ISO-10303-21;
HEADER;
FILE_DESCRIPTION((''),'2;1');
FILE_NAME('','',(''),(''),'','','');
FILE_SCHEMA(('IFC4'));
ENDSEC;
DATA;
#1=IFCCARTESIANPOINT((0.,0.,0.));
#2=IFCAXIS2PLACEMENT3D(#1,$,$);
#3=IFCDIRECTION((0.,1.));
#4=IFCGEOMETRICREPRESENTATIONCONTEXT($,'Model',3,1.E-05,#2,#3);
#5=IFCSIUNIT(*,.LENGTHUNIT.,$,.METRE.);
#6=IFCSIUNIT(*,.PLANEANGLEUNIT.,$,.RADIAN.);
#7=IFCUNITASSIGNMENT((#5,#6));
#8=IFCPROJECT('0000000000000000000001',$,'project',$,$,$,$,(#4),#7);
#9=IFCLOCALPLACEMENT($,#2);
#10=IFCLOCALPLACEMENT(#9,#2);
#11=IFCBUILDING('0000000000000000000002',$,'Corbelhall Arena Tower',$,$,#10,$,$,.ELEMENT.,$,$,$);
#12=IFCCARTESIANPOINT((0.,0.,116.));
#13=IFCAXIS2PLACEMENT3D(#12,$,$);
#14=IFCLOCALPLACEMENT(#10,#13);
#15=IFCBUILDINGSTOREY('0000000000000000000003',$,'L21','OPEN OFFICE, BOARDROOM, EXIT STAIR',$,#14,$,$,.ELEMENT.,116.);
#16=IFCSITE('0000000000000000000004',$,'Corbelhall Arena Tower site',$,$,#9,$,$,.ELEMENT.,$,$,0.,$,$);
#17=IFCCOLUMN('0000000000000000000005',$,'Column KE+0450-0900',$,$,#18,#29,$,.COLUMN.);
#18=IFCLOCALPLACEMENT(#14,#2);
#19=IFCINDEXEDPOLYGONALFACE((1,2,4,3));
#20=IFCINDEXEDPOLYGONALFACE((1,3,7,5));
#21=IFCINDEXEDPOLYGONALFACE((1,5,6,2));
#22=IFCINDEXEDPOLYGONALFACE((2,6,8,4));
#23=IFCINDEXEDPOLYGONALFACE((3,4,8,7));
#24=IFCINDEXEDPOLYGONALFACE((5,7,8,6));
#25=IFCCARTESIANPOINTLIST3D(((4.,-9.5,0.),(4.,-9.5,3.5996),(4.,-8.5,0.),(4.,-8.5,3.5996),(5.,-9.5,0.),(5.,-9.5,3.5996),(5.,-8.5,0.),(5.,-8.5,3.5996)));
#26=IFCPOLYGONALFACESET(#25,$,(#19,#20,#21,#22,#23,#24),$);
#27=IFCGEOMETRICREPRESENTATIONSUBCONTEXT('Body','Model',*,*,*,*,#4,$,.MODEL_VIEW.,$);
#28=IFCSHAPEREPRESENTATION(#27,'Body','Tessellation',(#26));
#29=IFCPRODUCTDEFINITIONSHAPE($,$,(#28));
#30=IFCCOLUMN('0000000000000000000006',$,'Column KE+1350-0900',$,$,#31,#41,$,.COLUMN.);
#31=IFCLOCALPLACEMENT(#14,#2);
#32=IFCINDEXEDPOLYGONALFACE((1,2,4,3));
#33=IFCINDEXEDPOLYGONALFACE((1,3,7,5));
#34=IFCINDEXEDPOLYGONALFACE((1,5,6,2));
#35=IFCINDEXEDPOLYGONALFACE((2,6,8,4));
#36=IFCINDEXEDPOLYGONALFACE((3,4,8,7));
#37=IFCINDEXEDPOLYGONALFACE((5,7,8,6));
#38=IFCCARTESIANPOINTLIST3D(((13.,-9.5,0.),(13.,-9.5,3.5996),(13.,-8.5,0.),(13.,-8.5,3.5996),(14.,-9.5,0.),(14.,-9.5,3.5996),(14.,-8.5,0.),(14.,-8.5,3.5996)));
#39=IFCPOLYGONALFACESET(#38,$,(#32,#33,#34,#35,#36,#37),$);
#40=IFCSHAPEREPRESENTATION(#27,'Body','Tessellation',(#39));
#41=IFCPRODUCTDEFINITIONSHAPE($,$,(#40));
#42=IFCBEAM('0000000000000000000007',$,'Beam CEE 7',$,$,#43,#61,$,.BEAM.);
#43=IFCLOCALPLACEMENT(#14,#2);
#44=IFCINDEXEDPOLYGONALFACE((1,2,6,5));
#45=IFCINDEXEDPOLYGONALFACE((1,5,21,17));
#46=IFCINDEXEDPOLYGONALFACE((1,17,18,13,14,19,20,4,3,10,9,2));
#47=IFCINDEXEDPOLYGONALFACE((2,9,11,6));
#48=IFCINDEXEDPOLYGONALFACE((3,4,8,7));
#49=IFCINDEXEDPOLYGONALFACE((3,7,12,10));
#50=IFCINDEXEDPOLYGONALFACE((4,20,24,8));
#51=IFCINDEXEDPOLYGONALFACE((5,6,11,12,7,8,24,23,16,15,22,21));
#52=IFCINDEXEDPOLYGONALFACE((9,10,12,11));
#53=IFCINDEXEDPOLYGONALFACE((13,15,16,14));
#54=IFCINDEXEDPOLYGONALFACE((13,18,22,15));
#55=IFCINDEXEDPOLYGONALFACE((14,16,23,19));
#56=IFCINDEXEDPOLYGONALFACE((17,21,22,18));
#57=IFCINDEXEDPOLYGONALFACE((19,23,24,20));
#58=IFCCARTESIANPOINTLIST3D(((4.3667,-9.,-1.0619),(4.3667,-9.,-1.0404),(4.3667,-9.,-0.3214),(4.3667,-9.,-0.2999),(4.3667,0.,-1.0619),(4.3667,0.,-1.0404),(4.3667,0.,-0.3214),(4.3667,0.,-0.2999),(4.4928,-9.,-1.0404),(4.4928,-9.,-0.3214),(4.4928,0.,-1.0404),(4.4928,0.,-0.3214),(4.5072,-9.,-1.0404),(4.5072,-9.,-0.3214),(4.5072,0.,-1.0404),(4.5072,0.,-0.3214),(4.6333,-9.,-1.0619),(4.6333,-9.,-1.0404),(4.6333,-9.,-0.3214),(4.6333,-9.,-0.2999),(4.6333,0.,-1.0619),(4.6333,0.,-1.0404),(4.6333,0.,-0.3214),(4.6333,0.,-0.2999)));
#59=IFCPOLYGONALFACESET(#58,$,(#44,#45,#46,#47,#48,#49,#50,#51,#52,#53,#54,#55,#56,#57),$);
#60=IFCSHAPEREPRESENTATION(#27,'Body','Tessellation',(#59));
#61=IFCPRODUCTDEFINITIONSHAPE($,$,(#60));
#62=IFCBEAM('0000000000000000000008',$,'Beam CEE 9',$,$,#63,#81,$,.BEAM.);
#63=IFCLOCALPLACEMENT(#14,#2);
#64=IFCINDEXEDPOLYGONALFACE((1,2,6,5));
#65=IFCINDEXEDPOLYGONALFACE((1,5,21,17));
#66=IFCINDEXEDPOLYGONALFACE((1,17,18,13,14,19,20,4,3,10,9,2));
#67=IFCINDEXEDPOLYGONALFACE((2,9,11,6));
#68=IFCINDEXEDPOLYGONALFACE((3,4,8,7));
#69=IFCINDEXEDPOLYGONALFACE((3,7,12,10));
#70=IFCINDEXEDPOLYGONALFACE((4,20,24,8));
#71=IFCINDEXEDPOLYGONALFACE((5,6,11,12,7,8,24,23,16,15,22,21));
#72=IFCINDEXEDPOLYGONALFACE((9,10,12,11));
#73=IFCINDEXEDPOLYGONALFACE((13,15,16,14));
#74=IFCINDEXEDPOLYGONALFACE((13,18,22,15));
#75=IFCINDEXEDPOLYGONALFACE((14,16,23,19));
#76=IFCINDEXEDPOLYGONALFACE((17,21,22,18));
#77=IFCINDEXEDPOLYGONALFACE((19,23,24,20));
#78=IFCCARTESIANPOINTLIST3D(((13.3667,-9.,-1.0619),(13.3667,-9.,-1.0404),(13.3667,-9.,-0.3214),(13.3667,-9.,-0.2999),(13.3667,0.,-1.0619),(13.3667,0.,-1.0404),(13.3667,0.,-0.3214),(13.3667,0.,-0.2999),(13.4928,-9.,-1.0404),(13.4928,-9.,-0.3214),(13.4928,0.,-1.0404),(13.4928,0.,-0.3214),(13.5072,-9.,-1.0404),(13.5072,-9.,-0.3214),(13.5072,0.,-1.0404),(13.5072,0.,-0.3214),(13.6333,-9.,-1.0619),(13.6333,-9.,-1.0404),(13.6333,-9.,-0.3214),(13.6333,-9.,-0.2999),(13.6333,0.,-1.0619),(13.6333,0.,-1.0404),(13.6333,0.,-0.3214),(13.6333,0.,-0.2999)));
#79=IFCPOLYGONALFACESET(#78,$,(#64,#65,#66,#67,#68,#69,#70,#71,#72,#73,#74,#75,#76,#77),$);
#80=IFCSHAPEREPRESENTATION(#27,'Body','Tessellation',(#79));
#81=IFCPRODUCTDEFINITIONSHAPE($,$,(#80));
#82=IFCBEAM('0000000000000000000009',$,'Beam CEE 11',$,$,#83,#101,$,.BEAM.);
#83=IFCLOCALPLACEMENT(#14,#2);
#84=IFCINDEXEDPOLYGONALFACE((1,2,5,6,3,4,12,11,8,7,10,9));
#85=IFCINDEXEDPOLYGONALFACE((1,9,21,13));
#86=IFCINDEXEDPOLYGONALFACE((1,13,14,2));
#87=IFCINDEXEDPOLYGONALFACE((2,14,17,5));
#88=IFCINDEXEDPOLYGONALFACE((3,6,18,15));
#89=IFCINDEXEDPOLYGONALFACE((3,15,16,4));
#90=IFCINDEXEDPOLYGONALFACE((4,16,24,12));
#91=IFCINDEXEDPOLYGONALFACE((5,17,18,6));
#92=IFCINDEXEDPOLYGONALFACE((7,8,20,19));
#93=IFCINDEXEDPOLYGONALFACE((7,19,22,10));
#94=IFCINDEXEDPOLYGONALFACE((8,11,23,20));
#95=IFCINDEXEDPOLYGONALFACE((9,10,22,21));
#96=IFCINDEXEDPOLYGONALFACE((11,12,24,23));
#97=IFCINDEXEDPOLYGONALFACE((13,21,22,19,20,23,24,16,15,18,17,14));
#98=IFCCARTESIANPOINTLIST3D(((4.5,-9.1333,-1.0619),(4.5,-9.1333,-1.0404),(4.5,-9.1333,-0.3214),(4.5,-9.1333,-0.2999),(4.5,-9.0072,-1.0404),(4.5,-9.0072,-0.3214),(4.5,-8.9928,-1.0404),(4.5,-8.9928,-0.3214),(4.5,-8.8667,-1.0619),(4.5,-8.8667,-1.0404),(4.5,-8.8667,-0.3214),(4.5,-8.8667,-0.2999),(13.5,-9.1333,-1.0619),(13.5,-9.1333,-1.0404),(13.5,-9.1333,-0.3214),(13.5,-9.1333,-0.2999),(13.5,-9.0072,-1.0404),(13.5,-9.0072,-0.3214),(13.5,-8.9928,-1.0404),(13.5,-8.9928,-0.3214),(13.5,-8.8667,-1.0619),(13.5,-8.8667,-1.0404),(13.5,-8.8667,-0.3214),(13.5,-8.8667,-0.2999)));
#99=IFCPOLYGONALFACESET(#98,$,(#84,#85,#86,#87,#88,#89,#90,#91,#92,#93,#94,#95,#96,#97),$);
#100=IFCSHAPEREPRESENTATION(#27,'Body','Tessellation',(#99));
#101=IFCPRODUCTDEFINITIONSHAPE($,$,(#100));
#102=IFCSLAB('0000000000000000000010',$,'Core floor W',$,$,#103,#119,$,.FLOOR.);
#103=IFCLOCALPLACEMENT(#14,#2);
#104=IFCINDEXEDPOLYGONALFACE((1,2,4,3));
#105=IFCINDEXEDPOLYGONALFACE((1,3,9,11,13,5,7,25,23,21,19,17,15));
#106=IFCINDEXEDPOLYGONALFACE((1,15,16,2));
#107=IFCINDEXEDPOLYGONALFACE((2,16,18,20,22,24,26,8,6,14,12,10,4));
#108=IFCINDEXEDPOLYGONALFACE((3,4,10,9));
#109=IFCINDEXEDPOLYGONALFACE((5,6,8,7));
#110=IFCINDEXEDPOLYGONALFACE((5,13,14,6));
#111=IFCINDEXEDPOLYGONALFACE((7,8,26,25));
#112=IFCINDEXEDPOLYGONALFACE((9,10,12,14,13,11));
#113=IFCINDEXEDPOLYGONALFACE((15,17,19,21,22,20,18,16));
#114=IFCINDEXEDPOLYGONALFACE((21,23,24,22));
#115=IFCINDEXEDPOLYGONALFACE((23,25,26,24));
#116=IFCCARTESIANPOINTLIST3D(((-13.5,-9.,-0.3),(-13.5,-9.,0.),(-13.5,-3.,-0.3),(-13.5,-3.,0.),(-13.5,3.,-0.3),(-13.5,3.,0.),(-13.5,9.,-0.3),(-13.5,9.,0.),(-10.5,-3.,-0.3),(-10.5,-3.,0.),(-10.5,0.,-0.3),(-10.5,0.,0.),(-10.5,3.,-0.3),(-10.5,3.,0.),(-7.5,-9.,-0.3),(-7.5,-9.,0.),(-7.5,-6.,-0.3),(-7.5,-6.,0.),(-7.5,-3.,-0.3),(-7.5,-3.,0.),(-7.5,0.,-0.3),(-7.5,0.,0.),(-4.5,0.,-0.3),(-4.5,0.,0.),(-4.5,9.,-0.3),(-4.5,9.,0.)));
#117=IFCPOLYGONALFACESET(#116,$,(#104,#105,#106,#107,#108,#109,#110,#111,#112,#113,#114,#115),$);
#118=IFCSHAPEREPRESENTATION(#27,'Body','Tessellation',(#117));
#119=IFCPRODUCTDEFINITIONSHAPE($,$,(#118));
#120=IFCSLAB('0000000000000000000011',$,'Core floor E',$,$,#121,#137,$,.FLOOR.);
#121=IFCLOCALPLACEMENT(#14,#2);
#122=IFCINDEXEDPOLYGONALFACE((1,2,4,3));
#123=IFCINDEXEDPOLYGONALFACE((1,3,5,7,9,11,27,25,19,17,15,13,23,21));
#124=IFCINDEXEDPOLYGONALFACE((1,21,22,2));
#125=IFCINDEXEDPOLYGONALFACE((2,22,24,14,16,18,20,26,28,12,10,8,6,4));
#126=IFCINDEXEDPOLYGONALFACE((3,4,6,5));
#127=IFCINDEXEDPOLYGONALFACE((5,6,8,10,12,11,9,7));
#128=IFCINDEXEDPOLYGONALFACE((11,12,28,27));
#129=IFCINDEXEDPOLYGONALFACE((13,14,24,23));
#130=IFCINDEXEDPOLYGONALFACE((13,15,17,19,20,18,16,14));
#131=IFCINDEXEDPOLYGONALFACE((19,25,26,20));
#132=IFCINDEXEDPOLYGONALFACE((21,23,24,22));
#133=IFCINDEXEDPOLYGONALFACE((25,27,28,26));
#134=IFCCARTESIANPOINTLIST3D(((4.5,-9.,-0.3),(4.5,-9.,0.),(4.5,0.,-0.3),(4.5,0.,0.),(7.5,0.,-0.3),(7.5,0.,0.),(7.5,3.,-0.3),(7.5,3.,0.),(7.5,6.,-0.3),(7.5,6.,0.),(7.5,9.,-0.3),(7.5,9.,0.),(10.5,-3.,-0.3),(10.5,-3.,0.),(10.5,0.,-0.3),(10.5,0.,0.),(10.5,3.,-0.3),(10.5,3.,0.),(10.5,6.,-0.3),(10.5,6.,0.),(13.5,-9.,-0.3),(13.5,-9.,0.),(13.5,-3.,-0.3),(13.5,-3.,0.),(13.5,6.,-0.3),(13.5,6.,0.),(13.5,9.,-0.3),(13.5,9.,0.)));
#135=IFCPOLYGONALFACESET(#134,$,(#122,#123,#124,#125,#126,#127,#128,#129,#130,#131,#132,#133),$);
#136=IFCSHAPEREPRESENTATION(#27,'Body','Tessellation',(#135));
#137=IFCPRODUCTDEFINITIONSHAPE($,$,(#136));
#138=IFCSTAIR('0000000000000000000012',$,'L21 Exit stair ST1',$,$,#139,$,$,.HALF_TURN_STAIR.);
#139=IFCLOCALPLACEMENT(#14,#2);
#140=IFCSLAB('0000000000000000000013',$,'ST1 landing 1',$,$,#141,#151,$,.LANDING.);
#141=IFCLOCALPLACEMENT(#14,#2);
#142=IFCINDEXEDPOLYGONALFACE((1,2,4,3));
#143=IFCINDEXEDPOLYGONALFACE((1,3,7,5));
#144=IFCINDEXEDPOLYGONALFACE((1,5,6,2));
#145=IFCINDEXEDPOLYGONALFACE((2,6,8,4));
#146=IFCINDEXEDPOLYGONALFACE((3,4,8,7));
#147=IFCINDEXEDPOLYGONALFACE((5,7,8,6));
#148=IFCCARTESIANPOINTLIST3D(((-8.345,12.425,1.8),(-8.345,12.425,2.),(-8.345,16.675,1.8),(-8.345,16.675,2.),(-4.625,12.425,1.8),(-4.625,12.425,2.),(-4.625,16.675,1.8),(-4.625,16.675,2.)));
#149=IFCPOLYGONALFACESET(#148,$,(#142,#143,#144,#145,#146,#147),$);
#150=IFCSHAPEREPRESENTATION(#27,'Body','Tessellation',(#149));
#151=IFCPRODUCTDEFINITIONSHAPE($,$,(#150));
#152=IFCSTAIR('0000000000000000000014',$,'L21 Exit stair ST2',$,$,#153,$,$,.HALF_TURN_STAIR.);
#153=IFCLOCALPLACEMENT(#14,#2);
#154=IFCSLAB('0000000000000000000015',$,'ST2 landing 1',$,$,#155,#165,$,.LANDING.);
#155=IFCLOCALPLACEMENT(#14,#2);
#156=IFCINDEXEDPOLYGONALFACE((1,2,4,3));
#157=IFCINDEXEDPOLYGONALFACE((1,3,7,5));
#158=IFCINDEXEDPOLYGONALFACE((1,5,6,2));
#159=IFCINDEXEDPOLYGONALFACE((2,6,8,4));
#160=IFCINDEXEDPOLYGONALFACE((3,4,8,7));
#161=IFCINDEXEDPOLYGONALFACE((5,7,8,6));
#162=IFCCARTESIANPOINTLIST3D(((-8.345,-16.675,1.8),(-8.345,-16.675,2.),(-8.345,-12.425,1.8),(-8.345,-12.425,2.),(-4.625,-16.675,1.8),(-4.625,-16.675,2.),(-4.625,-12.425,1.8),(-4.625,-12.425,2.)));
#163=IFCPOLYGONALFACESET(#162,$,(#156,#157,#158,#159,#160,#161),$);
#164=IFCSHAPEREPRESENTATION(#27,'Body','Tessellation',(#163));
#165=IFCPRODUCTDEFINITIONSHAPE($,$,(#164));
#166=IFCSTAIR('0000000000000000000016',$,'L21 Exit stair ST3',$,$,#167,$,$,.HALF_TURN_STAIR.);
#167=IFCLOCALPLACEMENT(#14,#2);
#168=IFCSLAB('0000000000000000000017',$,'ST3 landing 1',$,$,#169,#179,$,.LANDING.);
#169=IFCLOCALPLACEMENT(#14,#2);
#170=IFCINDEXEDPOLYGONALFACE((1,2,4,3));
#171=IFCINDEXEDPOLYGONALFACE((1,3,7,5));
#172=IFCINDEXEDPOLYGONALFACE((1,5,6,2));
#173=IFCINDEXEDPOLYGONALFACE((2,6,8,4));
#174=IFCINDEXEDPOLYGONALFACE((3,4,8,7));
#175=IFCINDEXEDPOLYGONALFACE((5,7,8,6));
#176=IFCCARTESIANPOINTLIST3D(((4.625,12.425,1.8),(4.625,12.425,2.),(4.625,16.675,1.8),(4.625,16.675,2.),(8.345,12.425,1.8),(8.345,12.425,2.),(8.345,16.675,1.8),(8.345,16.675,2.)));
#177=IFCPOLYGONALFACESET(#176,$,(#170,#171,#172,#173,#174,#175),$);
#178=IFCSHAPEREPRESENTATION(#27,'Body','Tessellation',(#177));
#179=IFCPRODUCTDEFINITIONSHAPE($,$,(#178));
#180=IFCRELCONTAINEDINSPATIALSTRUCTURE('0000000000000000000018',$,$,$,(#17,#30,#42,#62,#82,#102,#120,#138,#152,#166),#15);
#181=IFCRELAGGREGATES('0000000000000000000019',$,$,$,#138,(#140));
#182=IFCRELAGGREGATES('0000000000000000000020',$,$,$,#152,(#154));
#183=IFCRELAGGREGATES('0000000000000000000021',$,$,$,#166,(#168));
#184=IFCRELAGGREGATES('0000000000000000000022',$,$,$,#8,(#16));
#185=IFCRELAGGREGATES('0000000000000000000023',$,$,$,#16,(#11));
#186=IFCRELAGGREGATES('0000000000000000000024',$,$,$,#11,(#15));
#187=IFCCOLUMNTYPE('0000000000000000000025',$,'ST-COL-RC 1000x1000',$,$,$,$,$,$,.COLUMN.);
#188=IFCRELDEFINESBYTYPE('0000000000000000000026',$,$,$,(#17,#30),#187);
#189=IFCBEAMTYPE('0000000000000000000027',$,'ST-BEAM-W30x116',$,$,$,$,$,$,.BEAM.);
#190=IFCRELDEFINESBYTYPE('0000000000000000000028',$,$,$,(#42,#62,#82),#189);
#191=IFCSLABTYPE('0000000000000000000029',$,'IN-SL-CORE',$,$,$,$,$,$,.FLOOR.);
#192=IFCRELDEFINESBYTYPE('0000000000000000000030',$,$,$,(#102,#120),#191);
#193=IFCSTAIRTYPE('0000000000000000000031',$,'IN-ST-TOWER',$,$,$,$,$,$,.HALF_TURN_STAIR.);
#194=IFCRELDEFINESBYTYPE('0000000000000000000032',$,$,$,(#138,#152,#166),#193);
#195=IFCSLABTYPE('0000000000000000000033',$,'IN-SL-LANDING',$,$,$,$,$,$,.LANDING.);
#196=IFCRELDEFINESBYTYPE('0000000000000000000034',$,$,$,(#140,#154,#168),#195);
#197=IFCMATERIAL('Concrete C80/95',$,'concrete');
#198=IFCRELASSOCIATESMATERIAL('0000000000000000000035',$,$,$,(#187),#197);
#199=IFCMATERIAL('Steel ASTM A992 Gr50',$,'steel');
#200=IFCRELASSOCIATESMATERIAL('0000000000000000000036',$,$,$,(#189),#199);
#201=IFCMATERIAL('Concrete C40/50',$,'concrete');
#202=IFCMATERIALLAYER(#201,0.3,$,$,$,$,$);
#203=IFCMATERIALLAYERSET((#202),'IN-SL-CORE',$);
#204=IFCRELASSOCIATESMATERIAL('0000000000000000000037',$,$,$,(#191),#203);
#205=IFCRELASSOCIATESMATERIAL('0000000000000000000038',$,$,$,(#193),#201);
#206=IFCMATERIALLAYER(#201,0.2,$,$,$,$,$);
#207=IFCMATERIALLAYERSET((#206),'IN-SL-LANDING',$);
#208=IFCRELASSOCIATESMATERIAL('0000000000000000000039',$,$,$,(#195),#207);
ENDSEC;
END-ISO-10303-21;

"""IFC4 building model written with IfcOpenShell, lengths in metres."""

from ifc_helpers import new_model, si_unit, direction, frame, origin, origin_2d, place, context, subcontext, project, spatial, polyline, rectangle, i_section, outline, extrude, material, layer, layer_set, material_profile, profile_set, type_object, element, aggregate, save


model = new_model("IFC4")

# Units and contexts
model_context = context("Model", 3, precision=1e-05, world=origin(), true_north=direction((0.0, 1.0)))
body_context = subcontext(model_context, "Body", "Model", "MODEL_VIEW")
ifc_project = project(units=[si_unit("LENGTHUNIT", "METRE"), si_unit("PLANEANGLEUNIT", "RADIAN")], contexts=[model_context])

# Site, building, storey
site_placement = place(None, origin())
site = spatial("IfcSite", under=ifc_project, at=site_placement, Name="Corbelhall Arena Tower site", CompositionType="ELEMENT", RefElevation=0.0)
building_placement = place(site_placement, origin())
building = spatial("IfcBuilding", under=site, at=building_placement, Name="Corbelhall Arena Tower", CompositionType="ELEMENT")
storey_placement = place(building_placement, frame((0.0, 0.0, 116.0)))
storey = spatial("IfcBuildingStorey", under=building, at=storey_placement, Name="L21", Description="OPEN OFFICE, BOARDROOM, EXIT STAIR", CompositionType="ELEMENT", Elevation=116.0)

# Columns
ifc_material_1 = material(Name="Concrete C80/95", Category="concrete")
ifc_material_profile_1 = material_profile(ifc_material_1, rectangle(XDim=1.0, YDim=1.0, at=origin_2d()))
ifc_profile_set_1 = profile_set([ifc_material_profile_1], Name="Concrete C80/95")
column_type = type_object("IfcColumnType", Name="ST-COL-RC 1000x1000", PredefinedType="COLUMN", material=ifc_profile_set_1)
for number, where, z_axis, x_axis, name in (
    (1, (4.5, -9.0, 0.0), (0.0, 0.0, 1.0), (1.0, 0.0, 0.0), "Column KE+0450-0900"),
    (2, (13.5, -9.0, 0.0), (0.0, 0.0, 1.0), (1.0, 0.0, 0.0), "Column KE+1350-0900"),
):
    element("IfcColumn", number, at=place(storey_placement, frame(where, z_axis=z_axis, x_axis=x_axis)), inside=storey, type_object=column_type, Name=name, PredefinedType="COLUMN", context=body_context, shape_type="SweptSolid", body=[
        extrude(rectangle(XDim=1.0, YDim=1.0, at=origin_2d()), origin(), (0.0, 0.0, 1.0), 3.5996),
    ])

# Beams
ifc_material_2 = material(Name="Steel ASTM A992 Gr50", Category="steel")
ifc_material_profile_2 = material_profile(ifc_material_2, i_section(OverallWidth=0.2666, OverallDepth=0.762, WebThickness=0.0144, FlangeThickness=0.0215, at=origin_2d()))
ifc_profile_set_2 = profile_set([ifc_material_profile_2], Name="Steel ASTM A992 Gr50")
beam_type = type_object("IfcBeamType", Name="ST-BEAM-W30x116", PredefinedType="BEAM", material=ifc_profile_set_2)
for number, where, z_axis, x_axis, name in (
    (3, (4.5, -9.0, -0.6809), (0.0, 1.0, 0.0), (-1.0, 0.0, 0.0), "Beam CEE 7"),
    (4, (13.5, -9.0, -0.6809), (0.0, 1.0, 0.0), (-1.0, 0.0, 0.0), "Beam CEE 9"),
    (5, (4.5, -9.0, -0.6809), (1.0, 0.0, 0.0), (0.0, 1.0, 0.0), "Beam CEE 11"),
):
    element("IfcBeam", number, at=place(storey_placement, frame(where, z_axis=z_axis, x_axis=x_axis)), inside=storey, type_object=beam_type, Name=name, PredefinedType="BEAM", context=body_context, shape_type="SweptSolid", body=[
        extrude(i_section(OverallWidth=0.2666, OverallDepth=0.762, WebThickness=0.0144, FlangeThickness=0.0215, at=origin_2d()), origin(), (0.0, 0.0, 1.0), 9.0),
    ])

# Slabs
ifc_material_3 = material(Name="Concrete C40/50", Category="concrete")
ifc_layer_1 = layer(ifc_material_3, 0.3)
ifc_layer_set_1 = layer_set([ifc_layer_1], Name="IN-SL-CORE")
slab_type_1 = type_object("IfcSlabType", Name="IN-SL-CORE", PredefinedType="FLOOR", material=ifc_layer_set_1)
slab_1_placement = place(storey_placement, frame((0.0, 0.0, -0.3)))
element("IfcSlab", 6, at=slab_1_placement, inside=storey, type_object=slab_type_1, Name="Core floor W", PredefinedType="FLOOR", context=body_context, shape_type="SweptSolid", body=[
    extrude(outline(polyline([(-7.5, 0.0), (-4.5, 0.0), (-4.5, 9.0), (-13.5, 9.0), (-13.5, 3.0), (-10.5, 3.0), (-10.5, 0.0), (-10.5, -3.0), (-13.5, -3.0), (-13.5, -9.0), (-7.5, -9.0), (-7.5, -6.0), (-7.5, -3.0), (-7.5, 0.0)])), origin(), (0.0, 0.0, 1.0), 0.3),
])
slab_2_placement = place(storey_placement, frame((0.0, 0.0, -0.3)))
element("IfcSlab", 7, at=slab_2_placement, inside=storey, type_object=slab_type_1, Name="Core floor E", PredefinedType="FLOOR", context=body_context, shape_type="SweptSolid", body=[
    extrude(outline(polyline([(7.5, 0.0), (4.5, 0.0), (4.5, -9.0), (13.5, -9.0), (13.5, -3.0), (10.5, -3.0), (10.5, 0.0), (10.5, 3.0), (10.5, 6.0), (13.5, 6.0), (13.5, 9.0), (7.5, 9.0), (7.5, 6.0), (7.5, 3.0), (7.5, 0.0)])), origin(), (0.0, 0.0, 1.0), 0.3),
])

# Stairs, slabs
stair_type = type_object("IfcStairType", Name="IN-ST-TOWER", PredefinedType="HALF_TURN_STAIR", material=ifc_material_3)
stair_1_placement = place(storey_placement, origin())
stair_1 = element("IfcStair", 8, at=stair_1_placement, inside=storey, type_object=stair_type, Name="L21 Exit stair ST1", PredefinedType="HALF_TURN_STAIR")
ifc_layer_2 = layer(ifc_material_3, 0.2)
ifc_layer_set_2 = layer_set([ifc_layer_2], Name="IN-SL-LANDING")
slab_type_2 = type_object("IfcSlabType", Name="IN-SL-LANDING", PredefinedType="LANDING", material=ifc_layer_set_2)
slab_3_placement = place(storey_placement, frame((0.0, 0.0, 1.8)))
slab_3 = element("IfcSlab", 9, at=slab_3_placement, type_object=slab_type_2, Name="ST1 landing 1", PredefinedType="LANDING", context=body_context, shape_type="SweptSolid", body=[
    extrude(outline(polyline([(-8.345, 12.425), (-4.625, 12.425), (-4.625, 16.675), (-8.345, 16.675), (-8.345, 12.425)])), origin(), (0.0, 0.0, 1.0), 0.2),
])
aggregate(stair_1, [slab_3])
stair_2_placement = place(storey_placement, origin())
stair_2 = element("IfcStair", 10, at=stair_2_placement, inside=storey, type_object=stair_type, Name="L21 Exit stair ST2", PredefinedType="HALF_TURN_STAIR")
slab_4_placement = place(storey_placement, frame((0.0, 0.0, 1.8)))
slab_4 = element("IfcSlab", 11, at=slab_4_placement, type_object=slab_type_2, Name="ST2 landing 1", PredefinedType="LANDING", context=body_context, shape_type="SweptSolid", body=[
    extrude(outline(polyline([(-8.345, -16.675), (-4.625, -16.675), (-4.625, -12.425), (-8.345, -12.425), (-8.345, -16.675)])), origin(), (0.0, 0.0, 1.0), 0.2),
])
aggregate(stair_2, [slab_4])
stair_3_placement = place(storey_placement, origin())
stair_3 = element("IfcStair", 12, at=stair_3_placement, inside=storey, type_object=stair_type, Name="L21 Exit stair ST3", PredefinedType="HALF_TURN_STAIR")
slab_5_placement = place(storey_placement, frame((0.0, 0.0, 1.8)))
slab_5 = element("IfcSlab", 13, at=slab_5_placement, type_object=slab_type_2, Name="ST3 landing 1", PredefinedType="LANDING", context=body_context, shape_type="SweptSolid", body=[
    extrude(outline(polyline([(8.345, 16.675), (4.625, 16.675), (4.625, 12.425), (8.345, 12.425), (8.345, 16.675)])), origin(), (0.0, 0.0, 1.0), 0.2),
])
aggregate(stair_3, [slab_5])

save(model, "model.ifc")
